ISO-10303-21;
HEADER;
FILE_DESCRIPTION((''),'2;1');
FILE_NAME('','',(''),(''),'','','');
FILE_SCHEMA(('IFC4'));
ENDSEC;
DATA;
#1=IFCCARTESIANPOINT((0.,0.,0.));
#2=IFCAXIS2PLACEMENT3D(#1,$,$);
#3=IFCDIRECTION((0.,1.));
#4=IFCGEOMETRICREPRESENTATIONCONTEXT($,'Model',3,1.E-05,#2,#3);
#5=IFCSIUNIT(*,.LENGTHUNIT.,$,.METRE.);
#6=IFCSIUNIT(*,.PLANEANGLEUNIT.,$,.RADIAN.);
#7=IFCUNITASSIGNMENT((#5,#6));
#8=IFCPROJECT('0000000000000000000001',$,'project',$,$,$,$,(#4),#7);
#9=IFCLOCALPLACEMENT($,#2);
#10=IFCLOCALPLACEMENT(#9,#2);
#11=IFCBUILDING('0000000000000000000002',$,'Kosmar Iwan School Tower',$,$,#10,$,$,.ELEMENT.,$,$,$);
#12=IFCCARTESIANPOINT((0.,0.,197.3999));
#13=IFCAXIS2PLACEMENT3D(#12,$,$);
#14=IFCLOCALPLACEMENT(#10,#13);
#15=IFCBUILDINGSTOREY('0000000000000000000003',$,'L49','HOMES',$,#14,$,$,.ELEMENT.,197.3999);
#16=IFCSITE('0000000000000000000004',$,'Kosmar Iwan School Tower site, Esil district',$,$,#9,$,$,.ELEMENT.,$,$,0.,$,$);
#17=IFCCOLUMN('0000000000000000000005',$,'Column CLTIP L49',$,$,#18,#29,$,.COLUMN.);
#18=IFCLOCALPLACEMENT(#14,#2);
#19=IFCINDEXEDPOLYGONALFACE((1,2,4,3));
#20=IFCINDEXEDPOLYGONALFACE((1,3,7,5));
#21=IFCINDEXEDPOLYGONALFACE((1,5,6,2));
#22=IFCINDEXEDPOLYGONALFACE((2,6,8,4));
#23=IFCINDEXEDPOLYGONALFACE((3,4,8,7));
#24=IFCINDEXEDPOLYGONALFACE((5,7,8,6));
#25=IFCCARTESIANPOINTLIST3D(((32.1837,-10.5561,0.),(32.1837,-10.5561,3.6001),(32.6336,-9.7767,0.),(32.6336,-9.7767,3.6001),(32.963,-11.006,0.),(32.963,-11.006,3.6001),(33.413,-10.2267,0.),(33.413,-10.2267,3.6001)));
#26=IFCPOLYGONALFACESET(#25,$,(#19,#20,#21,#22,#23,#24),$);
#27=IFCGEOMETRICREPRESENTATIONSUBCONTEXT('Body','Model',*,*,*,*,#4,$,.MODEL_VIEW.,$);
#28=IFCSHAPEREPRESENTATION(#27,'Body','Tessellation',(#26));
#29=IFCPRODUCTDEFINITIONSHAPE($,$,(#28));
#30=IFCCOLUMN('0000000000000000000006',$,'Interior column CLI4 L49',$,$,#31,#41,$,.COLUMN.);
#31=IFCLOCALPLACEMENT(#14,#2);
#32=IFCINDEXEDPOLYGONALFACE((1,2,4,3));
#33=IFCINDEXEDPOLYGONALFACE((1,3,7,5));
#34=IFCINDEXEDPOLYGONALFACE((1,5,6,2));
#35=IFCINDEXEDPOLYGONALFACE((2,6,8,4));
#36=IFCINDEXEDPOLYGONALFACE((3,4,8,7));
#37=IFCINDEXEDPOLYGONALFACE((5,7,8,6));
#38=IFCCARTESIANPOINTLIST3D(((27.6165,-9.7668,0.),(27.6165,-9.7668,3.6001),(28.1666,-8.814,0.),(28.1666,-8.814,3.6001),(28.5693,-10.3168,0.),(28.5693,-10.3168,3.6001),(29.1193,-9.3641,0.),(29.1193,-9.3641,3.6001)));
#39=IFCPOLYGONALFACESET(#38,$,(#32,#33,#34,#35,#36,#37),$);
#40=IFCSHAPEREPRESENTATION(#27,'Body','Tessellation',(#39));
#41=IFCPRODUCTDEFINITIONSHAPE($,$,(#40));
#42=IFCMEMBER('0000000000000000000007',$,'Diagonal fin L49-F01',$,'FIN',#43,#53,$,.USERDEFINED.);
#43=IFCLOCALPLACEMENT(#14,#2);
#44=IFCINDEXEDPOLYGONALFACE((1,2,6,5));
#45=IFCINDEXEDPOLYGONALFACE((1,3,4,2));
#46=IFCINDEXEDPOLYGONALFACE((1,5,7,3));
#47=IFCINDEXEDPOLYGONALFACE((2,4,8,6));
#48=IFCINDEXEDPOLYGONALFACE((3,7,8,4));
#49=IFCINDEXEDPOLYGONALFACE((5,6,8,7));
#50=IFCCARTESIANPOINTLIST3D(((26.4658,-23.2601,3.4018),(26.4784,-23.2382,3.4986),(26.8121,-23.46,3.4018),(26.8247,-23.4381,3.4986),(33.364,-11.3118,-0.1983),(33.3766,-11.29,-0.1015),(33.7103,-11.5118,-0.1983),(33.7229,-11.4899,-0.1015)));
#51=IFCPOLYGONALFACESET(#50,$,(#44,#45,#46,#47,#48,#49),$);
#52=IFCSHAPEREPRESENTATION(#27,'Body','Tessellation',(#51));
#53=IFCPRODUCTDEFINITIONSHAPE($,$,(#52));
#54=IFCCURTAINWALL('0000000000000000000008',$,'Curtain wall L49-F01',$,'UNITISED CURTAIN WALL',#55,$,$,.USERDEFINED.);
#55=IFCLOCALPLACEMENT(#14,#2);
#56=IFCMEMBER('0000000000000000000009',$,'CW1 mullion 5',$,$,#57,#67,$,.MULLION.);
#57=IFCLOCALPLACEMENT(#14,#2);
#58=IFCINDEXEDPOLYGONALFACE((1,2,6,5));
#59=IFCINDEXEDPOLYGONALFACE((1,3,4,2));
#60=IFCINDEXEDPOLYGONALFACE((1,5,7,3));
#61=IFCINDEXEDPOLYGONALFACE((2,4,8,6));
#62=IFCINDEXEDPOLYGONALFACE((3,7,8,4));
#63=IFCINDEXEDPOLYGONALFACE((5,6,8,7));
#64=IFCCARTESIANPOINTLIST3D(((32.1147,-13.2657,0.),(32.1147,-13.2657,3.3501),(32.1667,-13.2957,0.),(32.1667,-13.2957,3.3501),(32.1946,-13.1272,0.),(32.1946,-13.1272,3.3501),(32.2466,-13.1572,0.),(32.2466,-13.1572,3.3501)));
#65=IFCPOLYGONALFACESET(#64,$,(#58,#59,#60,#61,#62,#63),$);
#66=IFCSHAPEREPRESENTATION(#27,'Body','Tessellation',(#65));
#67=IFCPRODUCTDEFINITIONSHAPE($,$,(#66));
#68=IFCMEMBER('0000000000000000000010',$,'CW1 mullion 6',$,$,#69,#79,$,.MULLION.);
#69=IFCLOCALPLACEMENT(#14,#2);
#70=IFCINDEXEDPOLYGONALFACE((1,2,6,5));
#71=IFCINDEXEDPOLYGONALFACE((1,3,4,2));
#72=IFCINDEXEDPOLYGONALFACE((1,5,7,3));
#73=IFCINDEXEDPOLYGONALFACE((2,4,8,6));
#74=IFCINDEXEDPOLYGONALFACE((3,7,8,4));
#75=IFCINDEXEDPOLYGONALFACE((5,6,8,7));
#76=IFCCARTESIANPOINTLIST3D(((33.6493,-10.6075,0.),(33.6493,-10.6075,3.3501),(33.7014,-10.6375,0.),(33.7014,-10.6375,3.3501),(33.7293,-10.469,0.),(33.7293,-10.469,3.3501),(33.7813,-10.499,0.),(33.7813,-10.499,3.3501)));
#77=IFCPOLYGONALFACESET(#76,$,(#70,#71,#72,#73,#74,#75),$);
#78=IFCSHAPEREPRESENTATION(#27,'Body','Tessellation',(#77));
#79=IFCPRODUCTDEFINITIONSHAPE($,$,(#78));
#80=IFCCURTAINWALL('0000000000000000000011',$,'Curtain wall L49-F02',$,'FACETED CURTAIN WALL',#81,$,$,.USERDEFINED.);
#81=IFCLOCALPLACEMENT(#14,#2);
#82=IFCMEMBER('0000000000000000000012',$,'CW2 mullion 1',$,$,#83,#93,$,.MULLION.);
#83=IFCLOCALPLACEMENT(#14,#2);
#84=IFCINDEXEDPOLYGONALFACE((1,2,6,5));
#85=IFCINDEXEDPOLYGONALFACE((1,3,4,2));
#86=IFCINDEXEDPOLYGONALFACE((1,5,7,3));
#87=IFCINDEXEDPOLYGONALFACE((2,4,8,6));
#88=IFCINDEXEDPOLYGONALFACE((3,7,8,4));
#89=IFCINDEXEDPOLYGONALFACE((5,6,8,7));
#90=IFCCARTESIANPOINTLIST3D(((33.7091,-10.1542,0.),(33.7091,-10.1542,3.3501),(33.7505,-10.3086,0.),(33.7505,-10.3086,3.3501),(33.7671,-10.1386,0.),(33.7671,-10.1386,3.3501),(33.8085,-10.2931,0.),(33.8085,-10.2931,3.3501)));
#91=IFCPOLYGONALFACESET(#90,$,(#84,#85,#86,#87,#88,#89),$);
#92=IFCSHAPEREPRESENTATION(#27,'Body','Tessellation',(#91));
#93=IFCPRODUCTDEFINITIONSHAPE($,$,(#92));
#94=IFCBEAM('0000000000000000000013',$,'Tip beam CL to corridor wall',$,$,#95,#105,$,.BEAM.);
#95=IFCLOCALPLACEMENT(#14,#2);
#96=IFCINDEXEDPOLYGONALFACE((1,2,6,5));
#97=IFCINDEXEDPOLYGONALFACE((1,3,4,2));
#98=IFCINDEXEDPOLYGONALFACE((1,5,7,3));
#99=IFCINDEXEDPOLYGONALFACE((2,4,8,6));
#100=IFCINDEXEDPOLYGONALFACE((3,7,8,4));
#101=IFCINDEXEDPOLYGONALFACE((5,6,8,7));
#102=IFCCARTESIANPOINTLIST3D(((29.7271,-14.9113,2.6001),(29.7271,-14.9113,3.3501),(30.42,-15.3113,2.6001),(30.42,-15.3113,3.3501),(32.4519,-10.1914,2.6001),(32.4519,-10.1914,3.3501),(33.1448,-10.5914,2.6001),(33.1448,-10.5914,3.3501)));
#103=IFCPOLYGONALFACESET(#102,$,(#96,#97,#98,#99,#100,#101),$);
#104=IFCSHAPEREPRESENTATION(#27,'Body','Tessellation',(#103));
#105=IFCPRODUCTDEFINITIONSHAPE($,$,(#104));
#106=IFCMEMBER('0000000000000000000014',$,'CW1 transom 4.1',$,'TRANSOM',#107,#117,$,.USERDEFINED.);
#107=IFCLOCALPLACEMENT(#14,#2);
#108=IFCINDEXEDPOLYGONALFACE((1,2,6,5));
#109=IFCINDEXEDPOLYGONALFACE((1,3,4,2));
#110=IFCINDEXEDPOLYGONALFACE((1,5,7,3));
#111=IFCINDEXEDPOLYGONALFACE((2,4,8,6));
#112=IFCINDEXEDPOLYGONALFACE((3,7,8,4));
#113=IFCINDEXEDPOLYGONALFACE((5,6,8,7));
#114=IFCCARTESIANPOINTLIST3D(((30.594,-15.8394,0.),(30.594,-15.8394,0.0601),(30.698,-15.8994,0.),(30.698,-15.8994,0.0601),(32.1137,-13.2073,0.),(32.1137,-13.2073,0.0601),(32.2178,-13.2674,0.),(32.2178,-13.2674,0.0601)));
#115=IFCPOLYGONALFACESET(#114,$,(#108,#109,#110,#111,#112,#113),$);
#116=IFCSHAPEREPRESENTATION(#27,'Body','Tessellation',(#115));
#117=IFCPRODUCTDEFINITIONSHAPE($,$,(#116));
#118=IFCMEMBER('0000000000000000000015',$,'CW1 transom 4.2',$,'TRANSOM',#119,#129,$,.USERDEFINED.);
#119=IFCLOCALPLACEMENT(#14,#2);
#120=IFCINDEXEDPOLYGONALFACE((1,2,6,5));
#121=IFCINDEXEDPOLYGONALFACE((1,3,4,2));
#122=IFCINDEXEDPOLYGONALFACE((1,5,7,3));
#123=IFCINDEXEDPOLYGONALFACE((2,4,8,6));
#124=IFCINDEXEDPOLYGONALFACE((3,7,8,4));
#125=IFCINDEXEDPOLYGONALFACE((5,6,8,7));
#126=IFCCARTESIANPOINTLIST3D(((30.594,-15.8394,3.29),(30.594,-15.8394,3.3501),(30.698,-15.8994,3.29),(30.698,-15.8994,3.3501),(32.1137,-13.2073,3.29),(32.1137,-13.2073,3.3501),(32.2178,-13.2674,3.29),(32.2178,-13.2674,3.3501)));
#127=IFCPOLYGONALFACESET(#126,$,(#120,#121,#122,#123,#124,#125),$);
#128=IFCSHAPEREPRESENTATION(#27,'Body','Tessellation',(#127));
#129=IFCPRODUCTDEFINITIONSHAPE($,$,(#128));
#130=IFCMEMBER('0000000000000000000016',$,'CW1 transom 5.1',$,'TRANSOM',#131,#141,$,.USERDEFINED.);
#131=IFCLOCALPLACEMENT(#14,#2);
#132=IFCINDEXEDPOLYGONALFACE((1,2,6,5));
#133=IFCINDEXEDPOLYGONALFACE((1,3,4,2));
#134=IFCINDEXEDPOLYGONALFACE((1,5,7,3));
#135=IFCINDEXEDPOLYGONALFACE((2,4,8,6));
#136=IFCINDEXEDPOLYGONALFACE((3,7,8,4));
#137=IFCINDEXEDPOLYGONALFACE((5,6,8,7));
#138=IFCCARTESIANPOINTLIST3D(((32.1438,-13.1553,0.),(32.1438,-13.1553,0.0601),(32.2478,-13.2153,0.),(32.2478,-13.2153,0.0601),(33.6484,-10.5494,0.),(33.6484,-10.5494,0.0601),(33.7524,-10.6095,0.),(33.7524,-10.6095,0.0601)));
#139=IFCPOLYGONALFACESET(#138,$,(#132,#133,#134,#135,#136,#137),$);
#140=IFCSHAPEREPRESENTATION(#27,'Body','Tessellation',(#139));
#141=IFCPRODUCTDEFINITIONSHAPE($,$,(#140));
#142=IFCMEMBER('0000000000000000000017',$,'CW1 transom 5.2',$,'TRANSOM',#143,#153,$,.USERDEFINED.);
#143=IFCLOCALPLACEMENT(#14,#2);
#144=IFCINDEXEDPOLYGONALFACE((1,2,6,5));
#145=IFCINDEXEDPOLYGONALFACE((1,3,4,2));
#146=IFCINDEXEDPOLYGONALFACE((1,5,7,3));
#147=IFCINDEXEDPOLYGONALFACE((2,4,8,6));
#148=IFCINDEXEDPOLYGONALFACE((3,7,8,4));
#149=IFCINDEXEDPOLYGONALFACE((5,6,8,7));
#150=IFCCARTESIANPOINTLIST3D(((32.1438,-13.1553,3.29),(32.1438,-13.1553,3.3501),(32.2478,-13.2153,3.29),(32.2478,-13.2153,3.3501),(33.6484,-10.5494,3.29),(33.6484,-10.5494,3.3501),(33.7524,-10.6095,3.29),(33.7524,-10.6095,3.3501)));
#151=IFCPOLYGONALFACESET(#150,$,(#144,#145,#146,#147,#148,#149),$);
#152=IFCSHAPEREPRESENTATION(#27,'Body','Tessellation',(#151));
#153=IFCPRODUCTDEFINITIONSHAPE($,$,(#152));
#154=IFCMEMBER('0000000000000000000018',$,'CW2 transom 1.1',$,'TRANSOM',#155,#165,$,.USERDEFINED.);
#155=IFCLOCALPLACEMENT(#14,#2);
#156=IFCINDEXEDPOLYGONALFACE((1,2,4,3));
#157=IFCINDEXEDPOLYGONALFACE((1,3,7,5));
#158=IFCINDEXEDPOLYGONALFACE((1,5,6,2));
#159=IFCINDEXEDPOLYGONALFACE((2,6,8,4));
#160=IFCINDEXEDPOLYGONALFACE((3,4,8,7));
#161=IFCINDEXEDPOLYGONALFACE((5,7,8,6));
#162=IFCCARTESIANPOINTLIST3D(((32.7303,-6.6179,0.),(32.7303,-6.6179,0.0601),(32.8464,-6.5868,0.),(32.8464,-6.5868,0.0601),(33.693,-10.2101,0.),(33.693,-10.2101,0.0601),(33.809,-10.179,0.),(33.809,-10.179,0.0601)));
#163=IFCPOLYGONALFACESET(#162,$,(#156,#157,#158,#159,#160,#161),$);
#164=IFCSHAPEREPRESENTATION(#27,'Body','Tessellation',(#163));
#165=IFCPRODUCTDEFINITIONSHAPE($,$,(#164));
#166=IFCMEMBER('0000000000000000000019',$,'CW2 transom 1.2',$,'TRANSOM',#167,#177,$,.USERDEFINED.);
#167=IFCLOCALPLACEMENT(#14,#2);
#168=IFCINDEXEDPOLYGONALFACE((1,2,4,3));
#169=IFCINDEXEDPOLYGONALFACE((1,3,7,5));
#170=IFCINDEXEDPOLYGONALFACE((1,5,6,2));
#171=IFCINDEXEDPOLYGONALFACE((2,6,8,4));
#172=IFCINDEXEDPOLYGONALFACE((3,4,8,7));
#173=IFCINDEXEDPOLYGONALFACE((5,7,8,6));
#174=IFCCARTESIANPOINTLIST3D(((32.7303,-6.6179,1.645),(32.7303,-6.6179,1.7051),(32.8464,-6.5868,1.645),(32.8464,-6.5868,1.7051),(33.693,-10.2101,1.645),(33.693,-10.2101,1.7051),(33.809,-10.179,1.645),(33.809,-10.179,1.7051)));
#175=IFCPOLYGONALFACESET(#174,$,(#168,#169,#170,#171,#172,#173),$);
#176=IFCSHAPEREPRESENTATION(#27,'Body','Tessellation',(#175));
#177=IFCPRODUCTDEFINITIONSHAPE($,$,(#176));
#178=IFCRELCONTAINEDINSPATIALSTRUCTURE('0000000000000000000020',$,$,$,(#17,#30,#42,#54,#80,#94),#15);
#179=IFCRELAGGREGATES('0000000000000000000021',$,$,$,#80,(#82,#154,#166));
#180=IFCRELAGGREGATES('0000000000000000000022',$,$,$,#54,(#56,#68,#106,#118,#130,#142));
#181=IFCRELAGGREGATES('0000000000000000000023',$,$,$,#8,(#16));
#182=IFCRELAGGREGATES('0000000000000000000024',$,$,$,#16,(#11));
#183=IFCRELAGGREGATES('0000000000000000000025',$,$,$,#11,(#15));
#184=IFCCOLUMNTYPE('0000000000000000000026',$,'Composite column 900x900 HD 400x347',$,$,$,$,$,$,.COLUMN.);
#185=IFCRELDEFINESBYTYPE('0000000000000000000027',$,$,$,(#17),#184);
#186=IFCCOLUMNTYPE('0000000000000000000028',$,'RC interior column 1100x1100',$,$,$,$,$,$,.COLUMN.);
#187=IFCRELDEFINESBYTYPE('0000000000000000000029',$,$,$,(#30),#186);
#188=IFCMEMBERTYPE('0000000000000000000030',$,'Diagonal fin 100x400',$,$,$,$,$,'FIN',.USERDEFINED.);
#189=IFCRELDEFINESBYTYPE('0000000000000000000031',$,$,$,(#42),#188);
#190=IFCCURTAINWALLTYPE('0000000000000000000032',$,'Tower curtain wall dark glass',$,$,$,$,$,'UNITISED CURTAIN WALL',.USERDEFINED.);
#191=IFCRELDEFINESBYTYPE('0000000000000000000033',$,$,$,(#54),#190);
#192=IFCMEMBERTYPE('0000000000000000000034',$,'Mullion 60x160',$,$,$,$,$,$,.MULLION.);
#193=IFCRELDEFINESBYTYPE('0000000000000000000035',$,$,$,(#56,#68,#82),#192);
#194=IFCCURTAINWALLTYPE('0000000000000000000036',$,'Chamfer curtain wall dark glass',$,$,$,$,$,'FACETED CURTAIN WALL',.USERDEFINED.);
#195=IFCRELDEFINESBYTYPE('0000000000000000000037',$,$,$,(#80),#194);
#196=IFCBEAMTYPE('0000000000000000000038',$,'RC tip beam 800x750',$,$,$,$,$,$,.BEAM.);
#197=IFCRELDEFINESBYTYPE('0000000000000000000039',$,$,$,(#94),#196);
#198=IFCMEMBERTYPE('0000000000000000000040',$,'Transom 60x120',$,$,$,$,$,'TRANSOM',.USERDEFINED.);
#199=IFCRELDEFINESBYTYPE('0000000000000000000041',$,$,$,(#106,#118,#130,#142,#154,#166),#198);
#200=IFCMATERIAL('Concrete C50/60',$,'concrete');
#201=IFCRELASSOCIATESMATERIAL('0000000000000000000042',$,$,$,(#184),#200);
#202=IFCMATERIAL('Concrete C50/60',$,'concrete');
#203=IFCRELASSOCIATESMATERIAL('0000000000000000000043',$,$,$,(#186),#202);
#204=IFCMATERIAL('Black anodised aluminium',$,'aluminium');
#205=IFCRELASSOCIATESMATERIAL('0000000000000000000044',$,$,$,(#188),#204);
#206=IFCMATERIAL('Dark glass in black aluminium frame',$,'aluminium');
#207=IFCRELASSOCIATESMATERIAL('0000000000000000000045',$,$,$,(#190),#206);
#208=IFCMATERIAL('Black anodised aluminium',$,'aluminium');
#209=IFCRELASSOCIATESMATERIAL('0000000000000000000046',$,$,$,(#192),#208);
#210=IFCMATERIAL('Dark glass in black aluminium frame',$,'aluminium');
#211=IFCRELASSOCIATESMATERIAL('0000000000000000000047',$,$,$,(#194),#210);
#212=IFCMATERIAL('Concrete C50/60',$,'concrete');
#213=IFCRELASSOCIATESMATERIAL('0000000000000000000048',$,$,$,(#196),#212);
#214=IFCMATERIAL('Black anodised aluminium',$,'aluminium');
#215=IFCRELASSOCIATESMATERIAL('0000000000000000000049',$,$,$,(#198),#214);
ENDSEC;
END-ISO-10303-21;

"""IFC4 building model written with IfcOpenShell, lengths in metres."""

from ifc_helpers import new_model, si_unit, direction, frame, origin, origin_2d, place, context, subcontext, project, spatial, rectangle, extrude, material, material_profile, profile_set, type_object, element, aggregate, save


model = new_model("IFC4")

# Units and contexts
model_context = context("Model", 3, precision=1e-05, world=origin(), true_north=direction((0.0, 1.0)))
body_context = subcontext(model_context, "Body", "Model", "MODEL_VIEW")
ifc_project = project(units=[si_unit("LENGTHUNIT", "METRE"), si_unit("PLANEANGLEUNIT", "RADIAN")], contexts=[model_context])

# Site, building, storey
site_placement = place(None, origin())
site = spatial("IfcSite", under=ifc_project, at=site_placement, Name="Kosmar Iwan School Tower site, Esil district", CompositionType="ELEMENT", RefElevation=0.0)
building_placement = place(site_placement, origin())
building = spatial("IfcBuilding", under=site, at=building_placement, Name="Kosmar Iwan School Tower", CompositionType="ELEMENT")
storey_placement = place(building_placement, frame((0.0, 0.0, 197.3999)))
storey = spatial("IfcBuildingStorey", under=building, at=storey_placement, Name="L49", Description="HOMES", CompositionType="ELEMENT", Elevation=197.3999)

# Columns
ifc_material_1 = material(Name="Concrete C50/60", Category="concrete")
ifc_material_profile_1 = material_profile(ifc_material_1, rectangle(XDim=0.8999, YDim=0.8999, at=origin_2d()), Name="RC 900x900 + HD 400x347")
ifc_profile_set_1 = profile_set([ifc_material_profile_1], Name="Concrete C50/60")
column_type_1 = type_object("IfcColumnType", Name="Composite column 900x900 HD 400x347", PredefinedType="COLUMN", material=ifc_profile_set_1)
column_1_placement = place(storey_placement, frame((32.7983, -10.3914, 0.0), z_axis=(0.0, 0.0, 1.0), x_axis=(0.866025, -0.5, 0.0)))
element("IfcColumn", 1, at=column_1_placement, inside=storey, type_object=column_type_1, Name="Column CLTIP L49", PredefinedType="COLUMN", context=body_context, shape_type="SweptSolid", body=[
    extrude(rectangle(XDim=0.8999, YDim=0.8999, at=origin_2d()), origin(), (0.0, 0.0, 1.0), 3.6001),
])
ifc_material_2 = material(Name="Concrete C50/60", Category="concrete")
ifc_material_profile_2 = material_profile(ifc_material_2, rectangle(XDim=1.1001, YDim=1.1001, at=origin_2d()), Name="RC 1100x1100")
ifc_profile_set_2 = profile_set([ifc_material_profile_2], Name="Concrete C50/60")
column_type_2 = type_object("IfcColumnType", Name="RC interior column 1100x1100", PredefinedType="COLUMN", material=ifc_profile_set_2)
column_2_placement = place(storey_placement, frame((28.3679, -9.5654, 0.0), z_axis=(0.0, 0.0, 1.0), x_axis=(0.866025, -0.5, 0.0)))
element("IfcColumn", 2, at=column_2_placement, inside=storey, type_object=column_type_2, Name="Interior column CLI4 L49", PredefinedType="COLUMN", context=body_context, shape_type="SweptSolid", body=[
    extrude(rectangle(XDim=1.1001, YDim=1.1001, at=origin_2d()), origin(), (0.0, 0.0, 1.0), 3.6001),
])

# Member
ifc_material_3 = material(Name="Black anodised aluminium", Category="aluminium")
ifc_material_profile_3 = material_profile(ifc_material_3, rectangle(XDim=0.1001, YDim=0.3999, at=origin_2d()), Name="FIN 100x400")
ifc_profile_set_3 = profile_set([ifc_material_profile_3], Name="Black anodised aluminium")
member_type_1 = type_object("IfcMemberType", Name="Diagonal fin 100x400", ElementType="FIN", PredefinedType="USERDEFINED", material=ifc_profile_set_3)
member_1_placement = place(storey_placement, frame((33.5435, -11.4009, -0.1499), z_axis=(-0.483793, -0.83797, 0.252487), x_axis=(0.126242, 0.218661, 0.9676)))
element("IfcMember", 3, at=member_1_placement, inside=storey, type_object=member_type_1, Name="Diagonal fin L49-F01", ObjectType="FIN", PredefinedType="USERDEFINED", context=body_context, shape_type="SweptSolid", body=[
    extrude(rectangle(XDim=0.1001, YDim=0.3999, at=origin_2d()), origin(), (0.0, 0.0, 1.0), 14.2585),
])

# Curtain wall, members
ifc_material_4 = material(Name="Dark glass in black aluminium frame", Category="aluminium")
curtain_wall_type_1 = type_object("IfcCurtainWallType", Name="Tower curtain wall dark glass", ElementType="UNITISED CURTAIN WALL", PredefinedType="USERDEFINED", material=ifc_material_4)
curtain_wall_1_placement = place(storey_placement, origin())
curtain_wall_1 = element("IfcCurtainWall", 4, at=curtain_wall_1_placement, inside=storey, type_object=curtain_wall_type_1, Name="Curtain wall L49-F01", ObjectType="UNITISED CURTAIN WALL", PredefinedType="USERDEFINED")
ifc_material_5 = material(Name="Black anodised aluminium", Category="aluminium")
ifc_material_profile_4 = material_profile(ifc_material_5, rectangle(XDim=0.0601, YDim=0.1599, at=origin_2d()), Name="MULLION 60x160")
ifc_profile_set_4 = profile_set([ifc_material_profile_4], Name="Black anodised aluminium")
member_type_2 = type_object("IfcMemberType", Name="Mullion 60x160", PredefinedType="MULLION", material=ifc_profile_set_4)
member_2_placement = place(storey_placement, frame((32.1807, -13.2114, 0.0), z_axis=(0.0, 0.0, 1.0), x_axis=(-0.866025, 0.5, 0.0)))
member_2 = element("IfcMember", 5, at=member_2_placement, type_object=member_type_2, Name="CW1 mullion 5", PredefinedType="MULLION", context=body_context, shape_type="SweptSolid", body=[
    extrude(rectangle(XDim=0.0601, YDim=0.1599, at=origin_2d()), origin(), (0.0, 0.0, 1.0), 3.3501),
])
member_3_placement = place(storey_placement, frame((33.7153, -10.5532, 0.0), z_axis=(0.0, 0.0, 1.0), x_axis=(-0.866025, 0.5, 0.0)))
member_3 = element("IfcMember", 6, at=member_3_placement, type_object=member_type_2, Name="CW1 mullion 6", PredefinedType="MULLION", context=body_context, shape_type="SweptSolid", body=[
    extrude(rectangle(XDim=0.0601, YDim=0.1599, at=origin_2d()), origin(), (0.0, 0.0, 1.0), 3.3501),
])

# Curtain wall, member
ifc_material_6 = material(Name="Dark glass in black aluminium frame", Category="aluminium")
curtain_wall_type_2 = type_object("IfcCurtainWallType", Name="Chamfer curtain wall dark glass", ElementType="FACETED CURTAIN WALL", PredefinedType="USERDEFINED", material=ifc_material_6)
curtain_wall_2_placement = place(storey_placement, origin())
curtain_wall_2 = element("IfcCurtainWall", 7, at=curtain_wall_2_placement, inside=storey, type_object=curtain_wall_type_2, Name="Curtain wall L49-F02", ObjectType="FACETED CURTAIN WALL", PredefinedType="USERDEFINED")
member_4_placement = place(storey_placement, frame((33.7588, -10.2236, 0.0), z_axis=(0.0, 0.0, 1.0), x_axis=(-0.965926, -0.258819, 0.0)))
member_4 = element("IfcMember", 8, at=member_4_placement, type_object=member_type_2, Name="CW2 mullion 1", PredefinedType="MULLION", context=body_context, shape_type="SweptSolid", body=[
    extrude(rectangle(XDim=0.0601, YDim=0.1599, at=origin_2d()), origin(), (0.0, 0.0, 1.0), 3.3501),
])

# Beam
ifc_material_7 = material(Name="Concrete C50/60", Category="concrete")
ifc_material_profile_5 = material_profile(ifc_material_7, rectangle(XDim=0.8, YDim=0.75, at=origin_2d()), Name="RC 800x750")
ifc_profile_set_5 = profile_set([ifc_material_profile_5], Name="Concrete C50/60")
beam_type = type_object("IfcBeamType", Name="RC tip beam 800x750", PredefinedType="BEAM", material=ifc_profile_set_5)
beam_placement = place(storey_placement, frame((32.7983, -10.3914, 2.9751), z_axis=(-0.499969, -0.866043, 0.0), x_axis=(0.866043, -0.499969, 0.0)))
element("IfcBeam", 9, at=beam_placement, inside=storey, type_object=beam_type, Name="Tip beam CL to corridor wall", PredefinedType="BEAM", context=body_context, shape_type="SweptSolid", body=[
    extrude(rectangle(XDim=0.8, YDim=0.75, at=origin_2d()), origin(), (0.0, 0.0, 1.0), 5.45),
])

# Members
ifc_material_8 = material(Name="Black anodised aluminium", Category="aluminium")
ifc_material_profile_6 = material_profile(ifc_material_8, rectangle(XDim=0.1201, YDim=0.0601, at=origin_2d()), Name="TRANSOM 60x120")
ifc_profile_set_6 = profile_set([ifc_material_profile_6], Name="Black anodised aluminium")
member_type_3 = type_object("IfcMemberType", Name="Transom 60x120", ElementType="TRANSOM", PredefinedType="USERDEFINED", material=ifc_profile_set_6)
member_5_placement = place(storey_placement, frame((30.646, -15.8694, 0.03), z_axis=(0.500035, 0.866005, 0.0), x_axis=(-0.866005, 0.500035, 0.0)))
member_5 = element("IfcMember", 10, at=member_5_placement, type_object=member_type_3, Name="CW1 transom 4.1", ObjectType="TRANSOM", PredefinedType="USERDEFINED", context=body_context, shape_type="SweptSolid", body=[
    extrude(rectangle(XDim=0.1201, YDim=0.0601, at=origin_2d()), origin(), (0.0, 0.0, 1.0), 3.0393),
])
member_6_placement = place(storey_placement, frame((30.646, -15.8694, 3.3201), z_axis=(0.500035, 0.866005, 0.0), x_axis=(-0.866005, 0.500035, 0.0)))
member_6 = element("IfcMember", 11, at=member_6_placement, type_object=member_type_3, Name="CW1 transom 4.2", ObjectType="TRANSOM", PredefinedType="USERDEFINED", context=body_context, shape_type="SweptSolid", body=[
    extrude(rectangle(XDim=0.1201, YDim=0.0601, at=origin_2d()), origin(), (0.0, 0.0, 1.0), 3.0393),
])
member_7_placement = place(storey_placement, frame((32.1958, -13.1853, 0.03), z_axis=(0.500022, 0.866013, 0.0), x_axis=(-0.866013, 0.500022, 0.0)))
member_7 = element("IfcMember", 12, at=member_7_placement, type_object=member_type_3, Name="CW1 transom 5.1", ObjectType="TRANSOM", PredefinedType="USERDEFINED", context=body_context, shape_type="SweptSolid", body=[
    extrude(rectangle(XDim=0.1201, YDim=0.0601, at=origin_2d()), origin(), (0.0, 0.0, 1.0), 3.009),
])
member_8_placement = place(storey_placement, frame((32.1958, -13.1853, 3.3201), z_axis=(0.500022, 0.866013, 0.0), x_axis=(-0.866013, 0.500022, 0.0)))
member_8 = element("IfcMember", 13, at=member_8_placement, type_object=member_type_3, Name="CW1 transom 5.2", ObjectType="TRANSOM", PredefinedType="USERDEFINED", context=body_context, shape_type="SweptSolid", body=[
    extrude(rectangle(XDim=0.1201, YDim=0.0601, at=origin_2d()), origin(), (0.0, 0.0, 1.0), 3.009),
])
member_9_placement = place(storey_placement, frame((33.751, -10.1946, 0.03), z_axis=(-0.258843, 0.965919, 0.0), x_axis=(-0.965919, -0.258843, 0.0)))
member_9 = element("IfcMember", 14, at=member_9_placement, type_object=member_type_3, Name="CW2 transom 1.1", ObjectType="TRANSOM", PredefinedType="USERDEFINED", context=body_context, shape_type="SweptSolid", body=[
    extrude(rectangle(XDim=0.1201, YDim=0.0601, at=origin_2d()), origin(), (0.0, 0.0, 1.0), 3.719),
])
member_10_placement = place(storey_placement, frame((33.751, -10.1946, 1.675), z_axis=(-0.258843, 0.965919, 0.0), x_axis=(-0.965919, -0.258843, 0.0)))
member_10 = element("IfcMember", 15, at=member_10_placement, type_object=member_type_3, Name="CW2 transom 1.2", ObjectType="TRANSOM", PredefinedType="USERDEFINED", context=body_context, shape_type="SweptSolid", body=[
    extrude(rectangle(XDim=0.1201, YDim=0.0601, at=origin_2d()), origin(), (0.0, 0.0, 1.0), 3.719),
])
aggregate(curtain_wall_2, [member_4, member_9, member_10])

aggregate(curtain_wall_1, [member_2, member_3, member_5, member_6, member_7, member_8])

save(model, "model.ifc")
